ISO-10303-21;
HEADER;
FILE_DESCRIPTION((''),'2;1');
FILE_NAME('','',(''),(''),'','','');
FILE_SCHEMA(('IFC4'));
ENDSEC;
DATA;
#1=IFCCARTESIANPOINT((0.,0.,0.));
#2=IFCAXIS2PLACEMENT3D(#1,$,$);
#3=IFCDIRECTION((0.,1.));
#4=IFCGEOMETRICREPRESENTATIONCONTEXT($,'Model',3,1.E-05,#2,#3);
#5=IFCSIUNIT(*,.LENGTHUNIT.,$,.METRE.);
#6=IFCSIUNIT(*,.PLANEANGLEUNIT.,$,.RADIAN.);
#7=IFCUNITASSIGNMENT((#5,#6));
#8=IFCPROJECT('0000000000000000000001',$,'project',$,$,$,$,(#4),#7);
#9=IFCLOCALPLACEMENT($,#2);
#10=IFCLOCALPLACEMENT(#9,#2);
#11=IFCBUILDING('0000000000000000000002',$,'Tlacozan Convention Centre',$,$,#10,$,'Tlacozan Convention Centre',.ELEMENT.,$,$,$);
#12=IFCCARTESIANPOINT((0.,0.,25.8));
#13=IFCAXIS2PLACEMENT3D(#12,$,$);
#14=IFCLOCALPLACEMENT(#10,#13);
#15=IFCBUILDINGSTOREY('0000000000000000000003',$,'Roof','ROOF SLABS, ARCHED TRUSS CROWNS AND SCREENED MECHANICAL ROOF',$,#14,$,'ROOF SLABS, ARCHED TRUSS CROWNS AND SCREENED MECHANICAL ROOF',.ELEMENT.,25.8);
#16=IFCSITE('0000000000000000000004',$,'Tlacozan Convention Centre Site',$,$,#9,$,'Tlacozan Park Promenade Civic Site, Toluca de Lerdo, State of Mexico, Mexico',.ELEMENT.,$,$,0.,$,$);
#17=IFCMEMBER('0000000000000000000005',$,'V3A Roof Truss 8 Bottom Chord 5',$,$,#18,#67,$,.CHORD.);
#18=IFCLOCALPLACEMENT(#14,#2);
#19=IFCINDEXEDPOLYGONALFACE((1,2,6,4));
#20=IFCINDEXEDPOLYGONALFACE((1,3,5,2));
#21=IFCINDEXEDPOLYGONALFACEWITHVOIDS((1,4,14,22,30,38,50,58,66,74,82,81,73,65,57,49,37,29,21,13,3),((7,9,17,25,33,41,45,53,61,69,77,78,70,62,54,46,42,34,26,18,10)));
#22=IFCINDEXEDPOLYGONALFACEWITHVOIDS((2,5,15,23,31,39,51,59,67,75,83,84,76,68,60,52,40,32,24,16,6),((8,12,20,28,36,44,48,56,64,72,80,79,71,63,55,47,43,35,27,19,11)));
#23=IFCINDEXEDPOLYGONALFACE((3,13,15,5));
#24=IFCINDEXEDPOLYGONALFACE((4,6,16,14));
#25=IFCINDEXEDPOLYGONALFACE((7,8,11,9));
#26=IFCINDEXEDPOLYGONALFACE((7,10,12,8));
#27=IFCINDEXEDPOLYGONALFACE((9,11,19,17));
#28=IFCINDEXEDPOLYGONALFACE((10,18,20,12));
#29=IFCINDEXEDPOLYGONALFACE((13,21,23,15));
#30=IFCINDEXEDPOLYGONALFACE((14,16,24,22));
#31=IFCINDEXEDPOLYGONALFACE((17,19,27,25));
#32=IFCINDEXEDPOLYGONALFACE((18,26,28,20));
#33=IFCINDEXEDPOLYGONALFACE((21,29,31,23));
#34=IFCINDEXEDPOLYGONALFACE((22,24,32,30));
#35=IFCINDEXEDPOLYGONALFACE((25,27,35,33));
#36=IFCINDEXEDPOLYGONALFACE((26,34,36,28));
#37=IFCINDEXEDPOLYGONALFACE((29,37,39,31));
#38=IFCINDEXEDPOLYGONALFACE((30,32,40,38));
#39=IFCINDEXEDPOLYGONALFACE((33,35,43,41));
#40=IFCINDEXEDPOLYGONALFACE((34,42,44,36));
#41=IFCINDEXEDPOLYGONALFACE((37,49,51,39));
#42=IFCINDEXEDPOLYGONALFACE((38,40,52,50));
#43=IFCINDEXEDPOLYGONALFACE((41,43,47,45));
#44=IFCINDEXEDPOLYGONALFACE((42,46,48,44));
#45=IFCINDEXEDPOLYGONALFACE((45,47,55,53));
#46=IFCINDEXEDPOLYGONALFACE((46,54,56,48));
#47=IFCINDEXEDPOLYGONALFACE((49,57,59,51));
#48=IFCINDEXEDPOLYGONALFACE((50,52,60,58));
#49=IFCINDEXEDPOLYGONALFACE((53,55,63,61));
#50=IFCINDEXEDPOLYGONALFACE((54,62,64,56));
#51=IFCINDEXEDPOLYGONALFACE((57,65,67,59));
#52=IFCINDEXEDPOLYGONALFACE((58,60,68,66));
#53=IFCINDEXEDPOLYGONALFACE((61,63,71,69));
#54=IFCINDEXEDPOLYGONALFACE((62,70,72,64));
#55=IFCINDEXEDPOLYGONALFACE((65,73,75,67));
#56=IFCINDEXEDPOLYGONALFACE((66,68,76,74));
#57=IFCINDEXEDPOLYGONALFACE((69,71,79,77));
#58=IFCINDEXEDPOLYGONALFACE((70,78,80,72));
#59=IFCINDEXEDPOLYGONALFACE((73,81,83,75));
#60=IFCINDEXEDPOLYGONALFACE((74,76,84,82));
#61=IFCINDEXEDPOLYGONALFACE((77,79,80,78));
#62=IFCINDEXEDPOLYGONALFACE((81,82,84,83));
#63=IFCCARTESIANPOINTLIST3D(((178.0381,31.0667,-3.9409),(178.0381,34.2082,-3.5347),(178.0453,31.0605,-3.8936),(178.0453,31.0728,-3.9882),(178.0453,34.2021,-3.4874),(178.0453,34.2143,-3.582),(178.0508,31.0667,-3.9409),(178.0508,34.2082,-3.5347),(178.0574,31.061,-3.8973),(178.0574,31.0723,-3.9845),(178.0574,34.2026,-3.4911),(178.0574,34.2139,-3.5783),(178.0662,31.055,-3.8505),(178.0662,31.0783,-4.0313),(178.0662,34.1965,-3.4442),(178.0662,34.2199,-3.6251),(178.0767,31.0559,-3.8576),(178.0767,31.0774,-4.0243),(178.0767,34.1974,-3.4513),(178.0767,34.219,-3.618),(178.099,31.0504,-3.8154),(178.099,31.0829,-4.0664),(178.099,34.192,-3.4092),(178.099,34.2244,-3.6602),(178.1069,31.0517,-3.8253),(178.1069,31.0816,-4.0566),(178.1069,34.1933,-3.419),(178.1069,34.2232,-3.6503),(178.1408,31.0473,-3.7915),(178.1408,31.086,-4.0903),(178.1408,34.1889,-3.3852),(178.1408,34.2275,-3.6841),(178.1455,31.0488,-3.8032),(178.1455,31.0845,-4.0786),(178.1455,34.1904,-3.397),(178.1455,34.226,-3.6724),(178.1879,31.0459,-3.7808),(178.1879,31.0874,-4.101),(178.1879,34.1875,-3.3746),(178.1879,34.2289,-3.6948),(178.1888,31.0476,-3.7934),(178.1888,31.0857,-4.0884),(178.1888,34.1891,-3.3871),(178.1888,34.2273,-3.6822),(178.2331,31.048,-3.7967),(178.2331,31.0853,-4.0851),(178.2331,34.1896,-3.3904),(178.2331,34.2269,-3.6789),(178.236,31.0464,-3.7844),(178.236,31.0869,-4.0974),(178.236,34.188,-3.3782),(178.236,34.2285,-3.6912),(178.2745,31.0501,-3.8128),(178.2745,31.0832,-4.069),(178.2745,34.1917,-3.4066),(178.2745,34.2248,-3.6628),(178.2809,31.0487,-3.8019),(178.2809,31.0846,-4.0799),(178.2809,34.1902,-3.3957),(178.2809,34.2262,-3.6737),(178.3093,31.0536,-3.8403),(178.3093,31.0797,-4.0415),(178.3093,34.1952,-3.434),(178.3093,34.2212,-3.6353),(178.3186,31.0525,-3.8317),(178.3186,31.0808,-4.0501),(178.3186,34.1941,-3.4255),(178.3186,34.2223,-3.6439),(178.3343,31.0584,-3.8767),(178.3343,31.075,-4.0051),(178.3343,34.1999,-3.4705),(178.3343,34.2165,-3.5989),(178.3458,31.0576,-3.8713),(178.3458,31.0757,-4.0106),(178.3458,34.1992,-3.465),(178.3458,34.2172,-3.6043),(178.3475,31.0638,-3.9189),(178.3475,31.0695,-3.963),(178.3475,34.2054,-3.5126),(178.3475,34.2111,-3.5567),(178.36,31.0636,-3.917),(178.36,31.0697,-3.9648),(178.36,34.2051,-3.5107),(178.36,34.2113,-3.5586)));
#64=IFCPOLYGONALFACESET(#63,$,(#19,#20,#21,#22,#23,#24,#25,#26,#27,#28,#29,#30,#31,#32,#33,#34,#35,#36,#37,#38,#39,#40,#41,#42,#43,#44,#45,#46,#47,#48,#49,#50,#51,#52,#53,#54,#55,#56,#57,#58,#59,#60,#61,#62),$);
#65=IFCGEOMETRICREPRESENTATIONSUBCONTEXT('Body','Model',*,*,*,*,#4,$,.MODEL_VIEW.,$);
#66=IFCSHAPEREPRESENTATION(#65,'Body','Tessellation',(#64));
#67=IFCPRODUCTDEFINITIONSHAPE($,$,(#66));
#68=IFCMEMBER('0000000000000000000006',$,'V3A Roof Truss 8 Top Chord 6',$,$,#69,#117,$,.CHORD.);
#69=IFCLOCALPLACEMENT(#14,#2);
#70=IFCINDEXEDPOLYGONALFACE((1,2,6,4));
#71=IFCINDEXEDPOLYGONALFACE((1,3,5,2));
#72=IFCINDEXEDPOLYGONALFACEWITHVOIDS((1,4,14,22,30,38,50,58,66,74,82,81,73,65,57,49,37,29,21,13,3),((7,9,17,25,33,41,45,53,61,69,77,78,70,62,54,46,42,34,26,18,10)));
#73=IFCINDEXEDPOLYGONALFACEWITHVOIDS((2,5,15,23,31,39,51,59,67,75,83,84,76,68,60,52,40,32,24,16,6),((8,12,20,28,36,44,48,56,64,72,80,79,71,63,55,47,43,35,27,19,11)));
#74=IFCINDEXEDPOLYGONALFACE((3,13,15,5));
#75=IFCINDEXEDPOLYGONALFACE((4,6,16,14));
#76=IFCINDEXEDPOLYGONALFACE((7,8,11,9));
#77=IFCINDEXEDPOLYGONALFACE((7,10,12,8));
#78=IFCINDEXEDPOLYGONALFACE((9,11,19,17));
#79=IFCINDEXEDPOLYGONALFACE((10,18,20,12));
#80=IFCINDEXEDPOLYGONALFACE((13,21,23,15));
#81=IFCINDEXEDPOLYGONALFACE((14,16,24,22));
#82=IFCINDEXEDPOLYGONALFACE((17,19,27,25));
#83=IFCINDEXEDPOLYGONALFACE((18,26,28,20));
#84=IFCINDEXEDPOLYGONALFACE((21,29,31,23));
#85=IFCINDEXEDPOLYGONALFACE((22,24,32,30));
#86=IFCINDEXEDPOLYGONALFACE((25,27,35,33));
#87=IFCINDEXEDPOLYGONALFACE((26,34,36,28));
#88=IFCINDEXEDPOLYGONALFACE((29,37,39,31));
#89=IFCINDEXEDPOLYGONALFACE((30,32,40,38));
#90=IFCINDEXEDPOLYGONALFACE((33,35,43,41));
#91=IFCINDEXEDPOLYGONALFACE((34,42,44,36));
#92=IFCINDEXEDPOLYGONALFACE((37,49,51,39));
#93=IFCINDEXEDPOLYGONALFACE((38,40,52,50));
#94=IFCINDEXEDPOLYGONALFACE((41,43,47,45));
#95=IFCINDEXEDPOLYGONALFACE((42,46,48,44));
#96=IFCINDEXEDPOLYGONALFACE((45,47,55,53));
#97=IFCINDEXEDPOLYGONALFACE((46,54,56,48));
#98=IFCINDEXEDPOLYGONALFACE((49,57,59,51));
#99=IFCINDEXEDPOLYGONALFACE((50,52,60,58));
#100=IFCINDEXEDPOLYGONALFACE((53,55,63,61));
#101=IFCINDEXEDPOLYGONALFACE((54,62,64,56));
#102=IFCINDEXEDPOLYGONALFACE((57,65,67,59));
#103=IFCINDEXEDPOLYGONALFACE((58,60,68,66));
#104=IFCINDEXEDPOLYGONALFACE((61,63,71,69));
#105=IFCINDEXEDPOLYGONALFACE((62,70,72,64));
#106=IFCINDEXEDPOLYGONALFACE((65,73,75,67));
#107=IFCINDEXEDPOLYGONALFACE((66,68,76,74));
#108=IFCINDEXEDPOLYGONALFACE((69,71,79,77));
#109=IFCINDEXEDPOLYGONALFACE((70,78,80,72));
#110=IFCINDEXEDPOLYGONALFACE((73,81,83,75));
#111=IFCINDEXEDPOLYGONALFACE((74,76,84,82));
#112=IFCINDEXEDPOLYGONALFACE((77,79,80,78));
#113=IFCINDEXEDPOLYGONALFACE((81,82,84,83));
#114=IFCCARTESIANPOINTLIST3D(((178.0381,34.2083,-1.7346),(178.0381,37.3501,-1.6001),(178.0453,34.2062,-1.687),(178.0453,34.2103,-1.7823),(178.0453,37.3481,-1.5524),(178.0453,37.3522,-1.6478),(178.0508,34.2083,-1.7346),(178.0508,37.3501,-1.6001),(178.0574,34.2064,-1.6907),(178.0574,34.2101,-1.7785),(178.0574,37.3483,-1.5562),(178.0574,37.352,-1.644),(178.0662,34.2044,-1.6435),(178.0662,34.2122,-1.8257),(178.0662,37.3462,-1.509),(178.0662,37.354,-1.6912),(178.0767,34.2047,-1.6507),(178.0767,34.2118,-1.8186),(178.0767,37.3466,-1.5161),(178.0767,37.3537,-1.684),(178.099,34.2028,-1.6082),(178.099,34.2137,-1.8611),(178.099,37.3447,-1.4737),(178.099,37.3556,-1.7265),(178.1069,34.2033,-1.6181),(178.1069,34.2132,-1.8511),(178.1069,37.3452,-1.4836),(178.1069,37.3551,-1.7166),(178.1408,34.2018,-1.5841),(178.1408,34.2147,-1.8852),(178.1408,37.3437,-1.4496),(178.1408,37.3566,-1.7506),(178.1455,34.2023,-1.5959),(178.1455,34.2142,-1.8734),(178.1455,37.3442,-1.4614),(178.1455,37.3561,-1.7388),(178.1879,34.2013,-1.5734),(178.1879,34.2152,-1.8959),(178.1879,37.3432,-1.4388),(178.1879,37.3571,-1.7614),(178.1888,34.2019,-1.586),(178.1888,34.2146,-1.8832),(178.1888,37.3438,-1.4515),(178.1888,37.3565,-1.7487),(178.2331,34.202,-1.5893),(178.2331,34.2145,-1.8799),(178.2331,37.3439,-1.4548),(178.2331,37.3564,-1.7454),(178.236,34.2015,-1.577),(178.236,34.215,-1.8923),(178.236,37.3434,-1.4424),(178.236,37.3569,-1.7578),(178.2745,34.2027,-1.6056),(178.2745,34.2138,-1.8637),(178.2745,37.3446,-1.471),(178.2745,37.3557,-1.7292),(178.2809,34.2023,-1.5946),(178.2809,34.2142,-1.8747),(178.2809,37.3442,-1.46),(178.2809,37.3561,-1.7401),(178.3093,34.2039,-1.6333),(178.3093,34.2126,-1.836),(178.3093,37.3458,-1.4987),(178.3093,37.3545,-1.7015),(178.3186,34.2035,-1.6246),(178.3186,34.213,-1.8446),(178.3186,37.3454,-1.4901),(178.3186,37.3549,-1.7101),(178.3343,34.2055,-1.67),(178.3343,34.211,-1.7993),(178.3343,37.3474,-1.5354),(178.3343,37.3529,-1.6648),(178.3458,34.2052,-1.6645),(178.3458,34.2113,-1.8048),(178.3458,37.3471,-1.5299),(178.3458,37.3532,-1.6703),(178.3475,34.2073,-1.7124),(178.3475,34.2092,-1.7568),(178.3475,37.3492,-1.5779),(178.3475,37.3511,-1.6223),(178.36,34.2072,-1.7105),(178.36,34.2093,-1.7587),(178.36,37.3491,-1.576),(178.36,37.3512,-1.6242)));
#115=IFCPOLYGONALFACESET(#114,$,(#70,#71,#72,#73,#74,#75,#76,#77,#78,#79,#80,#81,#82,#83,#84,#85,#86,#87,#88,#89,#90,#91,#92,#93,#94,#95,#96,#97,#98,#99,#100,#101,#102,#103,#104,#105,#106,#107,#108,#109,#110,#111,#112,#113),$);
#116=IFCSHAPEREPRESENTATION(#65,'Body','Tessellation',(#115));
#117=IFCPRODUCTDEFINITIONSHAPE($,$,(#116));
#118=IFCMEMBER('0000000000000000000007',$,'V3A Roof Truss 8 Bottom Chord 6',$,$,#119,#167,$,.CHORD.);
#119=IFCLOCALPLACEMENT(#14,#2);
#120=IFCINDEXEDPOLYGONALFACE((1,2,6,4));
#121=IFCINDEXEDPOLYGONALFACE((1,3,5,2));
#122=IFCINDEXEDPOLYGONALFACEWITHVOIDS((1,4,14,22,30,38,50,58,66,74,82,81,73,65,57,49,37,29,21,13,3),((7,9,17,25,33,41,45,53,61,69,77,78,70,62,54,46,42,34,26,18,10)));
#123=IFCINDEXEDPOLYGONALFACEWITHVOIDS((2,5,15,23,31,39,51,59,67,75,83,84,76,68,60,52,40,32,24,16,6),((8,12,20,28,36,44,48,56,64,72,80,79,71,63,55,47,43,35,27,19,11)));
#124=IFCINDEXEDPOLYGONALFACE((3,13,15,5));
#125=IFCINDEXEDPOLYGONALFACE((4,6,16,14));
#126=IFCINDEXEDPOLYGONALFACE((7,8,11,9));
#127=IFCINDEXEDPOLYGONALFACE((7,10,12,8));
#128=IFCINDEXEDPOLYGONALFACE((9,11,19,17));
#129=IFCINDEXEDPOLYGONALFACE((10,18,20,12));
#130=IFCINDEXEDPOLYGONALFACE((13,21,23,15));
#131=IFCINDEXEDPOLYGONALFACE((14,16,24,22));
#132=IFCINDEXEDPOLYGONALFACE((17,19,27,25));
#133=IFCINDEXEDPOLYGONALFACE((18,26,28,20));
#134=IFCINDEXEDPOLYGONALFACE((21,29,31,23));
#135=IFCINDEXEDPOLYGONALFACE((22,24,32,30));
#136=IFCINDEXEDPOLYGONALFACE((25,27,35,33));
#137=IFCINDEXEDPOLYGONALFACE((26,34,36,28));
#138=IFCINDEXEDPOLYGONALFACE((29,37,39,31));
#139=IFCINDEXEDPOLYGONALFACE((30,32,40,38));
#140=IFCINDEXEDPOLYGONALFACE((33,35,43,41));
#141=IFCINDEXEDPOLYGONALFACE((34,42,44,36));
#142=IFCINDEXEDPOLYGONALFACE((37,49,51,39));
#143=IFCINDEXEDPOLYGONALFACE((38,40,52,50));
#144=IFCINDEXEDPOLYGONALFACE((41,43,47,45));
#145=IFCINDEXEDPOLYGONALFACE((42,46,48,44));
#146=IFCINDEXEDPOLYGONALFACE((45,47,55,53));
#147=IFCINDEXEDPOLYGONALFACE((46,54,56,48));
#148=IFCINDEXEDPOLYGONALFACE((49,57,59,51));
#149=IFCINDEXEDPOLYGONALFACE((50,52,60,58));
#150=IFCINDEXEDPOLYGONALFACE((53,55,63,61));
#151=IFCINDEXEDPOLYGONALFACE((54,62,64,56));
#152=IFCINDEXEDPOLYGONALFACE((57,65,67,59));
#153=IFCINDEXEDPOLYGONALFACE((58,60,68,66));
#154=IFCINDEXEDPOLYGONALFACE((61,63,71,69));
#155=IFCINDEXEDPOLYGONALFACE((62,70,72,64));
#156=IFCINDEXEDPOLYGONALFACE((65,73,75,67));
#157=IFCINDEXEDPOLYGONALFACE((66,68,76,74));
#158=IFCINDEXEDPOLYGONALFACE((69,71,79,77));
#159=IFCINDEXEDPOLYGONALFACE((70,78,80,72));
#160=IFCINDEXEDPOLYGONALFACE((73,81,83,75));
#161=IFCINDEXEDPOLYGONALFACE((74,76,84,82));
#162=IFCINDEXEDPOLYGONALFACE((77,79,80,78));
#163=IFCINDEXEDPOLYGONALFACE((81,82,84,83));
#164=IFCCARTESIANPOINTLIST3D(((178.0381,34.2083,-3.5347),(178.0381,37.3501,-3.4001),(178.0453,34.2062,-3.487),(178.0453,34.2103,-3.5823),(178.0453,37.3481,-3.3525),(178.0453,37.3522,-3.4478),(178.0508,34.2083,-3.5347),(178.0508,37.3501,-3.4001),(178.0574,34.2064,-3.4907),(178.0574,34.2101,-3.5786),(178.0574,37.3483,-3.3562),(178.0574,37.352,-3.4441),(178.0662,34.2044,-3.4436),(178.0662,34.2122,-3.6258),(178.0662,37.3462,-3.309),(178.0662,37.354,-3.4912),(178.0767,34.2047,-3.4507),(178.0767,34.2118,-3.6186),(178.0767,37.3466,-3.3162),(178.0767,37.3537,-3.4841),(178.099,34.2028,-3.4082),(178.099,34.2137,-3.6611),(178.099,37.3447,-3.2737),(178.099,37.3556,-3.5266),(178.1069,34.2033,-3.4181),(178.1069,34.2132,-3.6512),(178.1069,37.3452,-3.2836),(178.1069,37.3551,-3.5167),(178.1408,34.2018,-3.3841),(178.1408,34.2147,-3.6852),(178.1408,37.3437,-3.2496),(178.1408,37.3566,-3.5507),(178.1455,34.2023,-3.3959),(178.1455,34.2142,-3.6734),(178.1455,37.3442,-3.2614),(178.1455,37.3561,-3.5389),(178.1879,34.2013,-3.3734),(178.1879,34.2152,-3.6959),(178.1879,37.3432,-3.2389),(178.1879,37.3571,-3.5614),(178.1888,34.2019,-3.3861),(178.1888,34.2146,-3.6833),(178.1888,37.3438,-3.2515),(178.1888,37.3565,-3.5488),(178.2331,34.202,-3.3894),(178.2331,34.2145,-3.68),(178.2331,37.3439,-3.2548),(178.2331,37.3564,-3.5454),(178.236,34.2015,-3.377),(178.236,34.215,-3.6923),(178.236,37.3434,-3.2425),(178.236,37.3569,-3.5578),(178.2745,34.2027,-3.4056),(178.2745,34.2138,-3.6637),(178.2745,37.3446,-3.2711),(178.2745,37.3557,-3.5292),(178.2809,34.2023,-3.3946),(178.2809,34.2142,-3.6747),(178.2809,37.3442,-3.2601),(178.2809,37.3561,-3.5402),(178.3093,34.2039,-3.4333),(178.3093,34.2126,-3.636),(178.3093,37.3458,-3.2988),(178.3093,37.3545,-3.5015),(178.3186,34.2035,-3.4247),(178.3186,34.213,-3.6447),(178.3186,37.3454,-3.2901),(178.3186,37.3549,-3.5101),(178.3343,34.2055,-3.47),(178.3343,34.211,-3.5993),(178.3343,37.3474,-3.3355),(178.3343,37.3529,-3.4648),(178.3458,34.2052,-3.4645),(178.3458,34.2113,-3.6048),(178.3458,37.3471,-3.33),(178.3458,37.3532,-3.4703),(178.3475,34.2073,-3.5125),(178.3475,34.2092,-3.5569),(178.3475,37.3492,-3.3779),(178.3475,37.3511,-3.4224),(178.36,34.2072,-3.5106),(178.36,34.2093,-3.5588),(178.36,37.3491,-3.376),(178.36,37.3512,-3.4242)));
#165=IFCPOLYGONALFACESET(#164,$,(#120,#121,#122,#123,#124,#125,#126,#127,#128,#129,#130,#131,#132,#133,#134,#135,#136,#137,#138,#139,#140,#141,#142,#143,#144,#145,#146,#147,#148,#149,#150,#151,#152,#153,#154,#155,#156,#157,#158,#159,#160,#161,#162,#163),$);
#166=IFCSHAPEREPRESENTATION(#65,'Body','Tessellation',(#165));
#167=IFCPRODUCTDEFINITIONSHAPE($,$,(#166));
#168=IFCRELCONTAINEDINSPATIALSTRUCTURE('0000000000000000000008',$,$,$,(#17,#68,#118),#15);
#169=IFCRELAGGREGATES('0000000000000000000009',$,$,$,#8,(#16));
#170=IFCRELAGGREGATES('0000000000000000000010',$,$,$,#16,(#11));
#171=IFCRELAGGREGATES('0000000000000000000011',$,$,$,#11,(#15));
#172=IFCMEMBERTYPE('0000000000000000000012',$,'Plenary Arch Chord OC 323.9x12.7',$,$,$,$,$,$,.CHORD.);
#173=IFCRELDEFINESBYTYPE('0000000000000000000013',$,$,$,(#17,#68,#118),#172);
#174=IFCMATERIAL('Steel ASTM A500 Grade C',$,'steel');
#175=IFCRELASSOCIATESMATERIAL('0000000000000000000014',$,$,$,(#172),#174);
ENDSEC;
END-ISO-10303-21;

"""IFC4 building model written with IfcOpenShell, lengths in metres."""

from ifc_helpers import new_model, si_unit, direction, frame, origin, origin_2d, place, context, subcontext, project, spatial, hollow_circle, extrude, material, material_profile, profile_set, type_object, element, save


model = new_model("IFC4")

# Units and contexts
model_context = context("Model", 3, precision=1e-05, world=origin(), true_north=direction((0.0, 1.0)))
body_context = subcontext(model_context, "Body", "Model", "MODEL_VIEW")
ifc_project = project(units=[si_unit("LENGTHUNIT", "METRE"), si_unit("PLANEANGLEUNIT", "RADIAN")], contexts=[model_context])

# Site, building, storey
site_placement = place(None, origin())
site = spatial("IfcSite", under=ifc_project, at=site_placement, Name="Tlacozan Convention Centre Site", LongName="Tlacozan Park Promenade Civic Site, Toluca de Lerdo, State of Mexico, Mexico", CompositionType="ELEMENT", RefElevation=0.0)
building_placement = place(site_placement, origin())
building = spatial("IfcBuilding", under=site, at=building_placement, Name="Tlacozan Convention Centre", LongName="Tlacozan Convention Centre", CompositionType="ELEMENT")
storey_placement = place(building_placement, frame((0.0, 0.0, 25.8)))
storey = spatial("IfcBuildingStorey", under=building, at=storey_placement, Name="Roof", Description="ROOF SLABS, ARCHED TRUSS CROWNS AND SCREENED MECHANICAL ROOF", LongName="ROOF SLABS, ARCHED TRUSS CROWNS AND SCREENED MECHANICAL ROOF", CompositionType="ELEMENT", Elevation=25.8)

# Members
ifc_material_1 = material(Name="Steel ASTM A500 Grade C", Category="steel")
ifc_material_profile_1 = material_profile(ifc_material_1, hollow_circle(Radius=0.1619, WallThickness=0.0127, at=origin_2d()), Name="OC 323.9x12.7")
ifc_profile_set_1 = profile_set([ifc_material_profile_1], Name="Steel ASTM A500 Grade C")
member_type_1 = type_object("IfcMemberType", Name="Plenary Arch Chord OC 323.9x12.7", PredefinedType="CHORD", material=ifc_profile_set_1)
for number, where, z_axis, x_axis, name in (
    (1, (178.2, 31.0667, -3.9409), (0.0, 0.991742, 0.128245), (-1.0, 0.0, 0.0), "V3A Roof Truss 8 Bottom Chord 5"),
):
    element("IfcMember", number, at=place(storey_placement, frame(where, z_axis=z_axis, x_axis=x_axis)), inside=storey, type_object=member_type_1, Name=name, PredefinedType="CHORD", context=body_context, shape_type="SweptSolid", body=[
        extrude(hollow_circle(Radius=0.1619, WallThickness=0.0127, at=origin_2d()), origin(), (0.0, 0.0, 1.0), 3.1677),
    ])
for number, where, z_axis, x_axis, name in (
    (2, (178.2, 34.2083, -1.7346), (0.0, 0.999085, 0.042777), (-1.0, 0.0, 0.0), "V3A Roof Truss 8 Top Chord 6"),
    (3, (178.2, 34.2083, -3.5347), (0.0, 0.999085, 0.042777), (-1.0, 0.0, 0.0), "V3A Roof Truss 8 Bottom Chord 6"),
):
    element("IfcMember", number, at=place(storey_placement, frame(where, z_axis=z_axis, x_axis=x_axis)), inside=storey, type_object=member_type_1, Name=name, PredefinedType="CHORD", context=body_context, shape_type="SweptSolid", body=[
        extrude(hollow_circle(Radius=0.1619, WallThickness=0.0127, at=origin_2d()), origin(), (0.0, 0.0, 1.0), 3.1448),
    ])

save(model, "model.ifc")
